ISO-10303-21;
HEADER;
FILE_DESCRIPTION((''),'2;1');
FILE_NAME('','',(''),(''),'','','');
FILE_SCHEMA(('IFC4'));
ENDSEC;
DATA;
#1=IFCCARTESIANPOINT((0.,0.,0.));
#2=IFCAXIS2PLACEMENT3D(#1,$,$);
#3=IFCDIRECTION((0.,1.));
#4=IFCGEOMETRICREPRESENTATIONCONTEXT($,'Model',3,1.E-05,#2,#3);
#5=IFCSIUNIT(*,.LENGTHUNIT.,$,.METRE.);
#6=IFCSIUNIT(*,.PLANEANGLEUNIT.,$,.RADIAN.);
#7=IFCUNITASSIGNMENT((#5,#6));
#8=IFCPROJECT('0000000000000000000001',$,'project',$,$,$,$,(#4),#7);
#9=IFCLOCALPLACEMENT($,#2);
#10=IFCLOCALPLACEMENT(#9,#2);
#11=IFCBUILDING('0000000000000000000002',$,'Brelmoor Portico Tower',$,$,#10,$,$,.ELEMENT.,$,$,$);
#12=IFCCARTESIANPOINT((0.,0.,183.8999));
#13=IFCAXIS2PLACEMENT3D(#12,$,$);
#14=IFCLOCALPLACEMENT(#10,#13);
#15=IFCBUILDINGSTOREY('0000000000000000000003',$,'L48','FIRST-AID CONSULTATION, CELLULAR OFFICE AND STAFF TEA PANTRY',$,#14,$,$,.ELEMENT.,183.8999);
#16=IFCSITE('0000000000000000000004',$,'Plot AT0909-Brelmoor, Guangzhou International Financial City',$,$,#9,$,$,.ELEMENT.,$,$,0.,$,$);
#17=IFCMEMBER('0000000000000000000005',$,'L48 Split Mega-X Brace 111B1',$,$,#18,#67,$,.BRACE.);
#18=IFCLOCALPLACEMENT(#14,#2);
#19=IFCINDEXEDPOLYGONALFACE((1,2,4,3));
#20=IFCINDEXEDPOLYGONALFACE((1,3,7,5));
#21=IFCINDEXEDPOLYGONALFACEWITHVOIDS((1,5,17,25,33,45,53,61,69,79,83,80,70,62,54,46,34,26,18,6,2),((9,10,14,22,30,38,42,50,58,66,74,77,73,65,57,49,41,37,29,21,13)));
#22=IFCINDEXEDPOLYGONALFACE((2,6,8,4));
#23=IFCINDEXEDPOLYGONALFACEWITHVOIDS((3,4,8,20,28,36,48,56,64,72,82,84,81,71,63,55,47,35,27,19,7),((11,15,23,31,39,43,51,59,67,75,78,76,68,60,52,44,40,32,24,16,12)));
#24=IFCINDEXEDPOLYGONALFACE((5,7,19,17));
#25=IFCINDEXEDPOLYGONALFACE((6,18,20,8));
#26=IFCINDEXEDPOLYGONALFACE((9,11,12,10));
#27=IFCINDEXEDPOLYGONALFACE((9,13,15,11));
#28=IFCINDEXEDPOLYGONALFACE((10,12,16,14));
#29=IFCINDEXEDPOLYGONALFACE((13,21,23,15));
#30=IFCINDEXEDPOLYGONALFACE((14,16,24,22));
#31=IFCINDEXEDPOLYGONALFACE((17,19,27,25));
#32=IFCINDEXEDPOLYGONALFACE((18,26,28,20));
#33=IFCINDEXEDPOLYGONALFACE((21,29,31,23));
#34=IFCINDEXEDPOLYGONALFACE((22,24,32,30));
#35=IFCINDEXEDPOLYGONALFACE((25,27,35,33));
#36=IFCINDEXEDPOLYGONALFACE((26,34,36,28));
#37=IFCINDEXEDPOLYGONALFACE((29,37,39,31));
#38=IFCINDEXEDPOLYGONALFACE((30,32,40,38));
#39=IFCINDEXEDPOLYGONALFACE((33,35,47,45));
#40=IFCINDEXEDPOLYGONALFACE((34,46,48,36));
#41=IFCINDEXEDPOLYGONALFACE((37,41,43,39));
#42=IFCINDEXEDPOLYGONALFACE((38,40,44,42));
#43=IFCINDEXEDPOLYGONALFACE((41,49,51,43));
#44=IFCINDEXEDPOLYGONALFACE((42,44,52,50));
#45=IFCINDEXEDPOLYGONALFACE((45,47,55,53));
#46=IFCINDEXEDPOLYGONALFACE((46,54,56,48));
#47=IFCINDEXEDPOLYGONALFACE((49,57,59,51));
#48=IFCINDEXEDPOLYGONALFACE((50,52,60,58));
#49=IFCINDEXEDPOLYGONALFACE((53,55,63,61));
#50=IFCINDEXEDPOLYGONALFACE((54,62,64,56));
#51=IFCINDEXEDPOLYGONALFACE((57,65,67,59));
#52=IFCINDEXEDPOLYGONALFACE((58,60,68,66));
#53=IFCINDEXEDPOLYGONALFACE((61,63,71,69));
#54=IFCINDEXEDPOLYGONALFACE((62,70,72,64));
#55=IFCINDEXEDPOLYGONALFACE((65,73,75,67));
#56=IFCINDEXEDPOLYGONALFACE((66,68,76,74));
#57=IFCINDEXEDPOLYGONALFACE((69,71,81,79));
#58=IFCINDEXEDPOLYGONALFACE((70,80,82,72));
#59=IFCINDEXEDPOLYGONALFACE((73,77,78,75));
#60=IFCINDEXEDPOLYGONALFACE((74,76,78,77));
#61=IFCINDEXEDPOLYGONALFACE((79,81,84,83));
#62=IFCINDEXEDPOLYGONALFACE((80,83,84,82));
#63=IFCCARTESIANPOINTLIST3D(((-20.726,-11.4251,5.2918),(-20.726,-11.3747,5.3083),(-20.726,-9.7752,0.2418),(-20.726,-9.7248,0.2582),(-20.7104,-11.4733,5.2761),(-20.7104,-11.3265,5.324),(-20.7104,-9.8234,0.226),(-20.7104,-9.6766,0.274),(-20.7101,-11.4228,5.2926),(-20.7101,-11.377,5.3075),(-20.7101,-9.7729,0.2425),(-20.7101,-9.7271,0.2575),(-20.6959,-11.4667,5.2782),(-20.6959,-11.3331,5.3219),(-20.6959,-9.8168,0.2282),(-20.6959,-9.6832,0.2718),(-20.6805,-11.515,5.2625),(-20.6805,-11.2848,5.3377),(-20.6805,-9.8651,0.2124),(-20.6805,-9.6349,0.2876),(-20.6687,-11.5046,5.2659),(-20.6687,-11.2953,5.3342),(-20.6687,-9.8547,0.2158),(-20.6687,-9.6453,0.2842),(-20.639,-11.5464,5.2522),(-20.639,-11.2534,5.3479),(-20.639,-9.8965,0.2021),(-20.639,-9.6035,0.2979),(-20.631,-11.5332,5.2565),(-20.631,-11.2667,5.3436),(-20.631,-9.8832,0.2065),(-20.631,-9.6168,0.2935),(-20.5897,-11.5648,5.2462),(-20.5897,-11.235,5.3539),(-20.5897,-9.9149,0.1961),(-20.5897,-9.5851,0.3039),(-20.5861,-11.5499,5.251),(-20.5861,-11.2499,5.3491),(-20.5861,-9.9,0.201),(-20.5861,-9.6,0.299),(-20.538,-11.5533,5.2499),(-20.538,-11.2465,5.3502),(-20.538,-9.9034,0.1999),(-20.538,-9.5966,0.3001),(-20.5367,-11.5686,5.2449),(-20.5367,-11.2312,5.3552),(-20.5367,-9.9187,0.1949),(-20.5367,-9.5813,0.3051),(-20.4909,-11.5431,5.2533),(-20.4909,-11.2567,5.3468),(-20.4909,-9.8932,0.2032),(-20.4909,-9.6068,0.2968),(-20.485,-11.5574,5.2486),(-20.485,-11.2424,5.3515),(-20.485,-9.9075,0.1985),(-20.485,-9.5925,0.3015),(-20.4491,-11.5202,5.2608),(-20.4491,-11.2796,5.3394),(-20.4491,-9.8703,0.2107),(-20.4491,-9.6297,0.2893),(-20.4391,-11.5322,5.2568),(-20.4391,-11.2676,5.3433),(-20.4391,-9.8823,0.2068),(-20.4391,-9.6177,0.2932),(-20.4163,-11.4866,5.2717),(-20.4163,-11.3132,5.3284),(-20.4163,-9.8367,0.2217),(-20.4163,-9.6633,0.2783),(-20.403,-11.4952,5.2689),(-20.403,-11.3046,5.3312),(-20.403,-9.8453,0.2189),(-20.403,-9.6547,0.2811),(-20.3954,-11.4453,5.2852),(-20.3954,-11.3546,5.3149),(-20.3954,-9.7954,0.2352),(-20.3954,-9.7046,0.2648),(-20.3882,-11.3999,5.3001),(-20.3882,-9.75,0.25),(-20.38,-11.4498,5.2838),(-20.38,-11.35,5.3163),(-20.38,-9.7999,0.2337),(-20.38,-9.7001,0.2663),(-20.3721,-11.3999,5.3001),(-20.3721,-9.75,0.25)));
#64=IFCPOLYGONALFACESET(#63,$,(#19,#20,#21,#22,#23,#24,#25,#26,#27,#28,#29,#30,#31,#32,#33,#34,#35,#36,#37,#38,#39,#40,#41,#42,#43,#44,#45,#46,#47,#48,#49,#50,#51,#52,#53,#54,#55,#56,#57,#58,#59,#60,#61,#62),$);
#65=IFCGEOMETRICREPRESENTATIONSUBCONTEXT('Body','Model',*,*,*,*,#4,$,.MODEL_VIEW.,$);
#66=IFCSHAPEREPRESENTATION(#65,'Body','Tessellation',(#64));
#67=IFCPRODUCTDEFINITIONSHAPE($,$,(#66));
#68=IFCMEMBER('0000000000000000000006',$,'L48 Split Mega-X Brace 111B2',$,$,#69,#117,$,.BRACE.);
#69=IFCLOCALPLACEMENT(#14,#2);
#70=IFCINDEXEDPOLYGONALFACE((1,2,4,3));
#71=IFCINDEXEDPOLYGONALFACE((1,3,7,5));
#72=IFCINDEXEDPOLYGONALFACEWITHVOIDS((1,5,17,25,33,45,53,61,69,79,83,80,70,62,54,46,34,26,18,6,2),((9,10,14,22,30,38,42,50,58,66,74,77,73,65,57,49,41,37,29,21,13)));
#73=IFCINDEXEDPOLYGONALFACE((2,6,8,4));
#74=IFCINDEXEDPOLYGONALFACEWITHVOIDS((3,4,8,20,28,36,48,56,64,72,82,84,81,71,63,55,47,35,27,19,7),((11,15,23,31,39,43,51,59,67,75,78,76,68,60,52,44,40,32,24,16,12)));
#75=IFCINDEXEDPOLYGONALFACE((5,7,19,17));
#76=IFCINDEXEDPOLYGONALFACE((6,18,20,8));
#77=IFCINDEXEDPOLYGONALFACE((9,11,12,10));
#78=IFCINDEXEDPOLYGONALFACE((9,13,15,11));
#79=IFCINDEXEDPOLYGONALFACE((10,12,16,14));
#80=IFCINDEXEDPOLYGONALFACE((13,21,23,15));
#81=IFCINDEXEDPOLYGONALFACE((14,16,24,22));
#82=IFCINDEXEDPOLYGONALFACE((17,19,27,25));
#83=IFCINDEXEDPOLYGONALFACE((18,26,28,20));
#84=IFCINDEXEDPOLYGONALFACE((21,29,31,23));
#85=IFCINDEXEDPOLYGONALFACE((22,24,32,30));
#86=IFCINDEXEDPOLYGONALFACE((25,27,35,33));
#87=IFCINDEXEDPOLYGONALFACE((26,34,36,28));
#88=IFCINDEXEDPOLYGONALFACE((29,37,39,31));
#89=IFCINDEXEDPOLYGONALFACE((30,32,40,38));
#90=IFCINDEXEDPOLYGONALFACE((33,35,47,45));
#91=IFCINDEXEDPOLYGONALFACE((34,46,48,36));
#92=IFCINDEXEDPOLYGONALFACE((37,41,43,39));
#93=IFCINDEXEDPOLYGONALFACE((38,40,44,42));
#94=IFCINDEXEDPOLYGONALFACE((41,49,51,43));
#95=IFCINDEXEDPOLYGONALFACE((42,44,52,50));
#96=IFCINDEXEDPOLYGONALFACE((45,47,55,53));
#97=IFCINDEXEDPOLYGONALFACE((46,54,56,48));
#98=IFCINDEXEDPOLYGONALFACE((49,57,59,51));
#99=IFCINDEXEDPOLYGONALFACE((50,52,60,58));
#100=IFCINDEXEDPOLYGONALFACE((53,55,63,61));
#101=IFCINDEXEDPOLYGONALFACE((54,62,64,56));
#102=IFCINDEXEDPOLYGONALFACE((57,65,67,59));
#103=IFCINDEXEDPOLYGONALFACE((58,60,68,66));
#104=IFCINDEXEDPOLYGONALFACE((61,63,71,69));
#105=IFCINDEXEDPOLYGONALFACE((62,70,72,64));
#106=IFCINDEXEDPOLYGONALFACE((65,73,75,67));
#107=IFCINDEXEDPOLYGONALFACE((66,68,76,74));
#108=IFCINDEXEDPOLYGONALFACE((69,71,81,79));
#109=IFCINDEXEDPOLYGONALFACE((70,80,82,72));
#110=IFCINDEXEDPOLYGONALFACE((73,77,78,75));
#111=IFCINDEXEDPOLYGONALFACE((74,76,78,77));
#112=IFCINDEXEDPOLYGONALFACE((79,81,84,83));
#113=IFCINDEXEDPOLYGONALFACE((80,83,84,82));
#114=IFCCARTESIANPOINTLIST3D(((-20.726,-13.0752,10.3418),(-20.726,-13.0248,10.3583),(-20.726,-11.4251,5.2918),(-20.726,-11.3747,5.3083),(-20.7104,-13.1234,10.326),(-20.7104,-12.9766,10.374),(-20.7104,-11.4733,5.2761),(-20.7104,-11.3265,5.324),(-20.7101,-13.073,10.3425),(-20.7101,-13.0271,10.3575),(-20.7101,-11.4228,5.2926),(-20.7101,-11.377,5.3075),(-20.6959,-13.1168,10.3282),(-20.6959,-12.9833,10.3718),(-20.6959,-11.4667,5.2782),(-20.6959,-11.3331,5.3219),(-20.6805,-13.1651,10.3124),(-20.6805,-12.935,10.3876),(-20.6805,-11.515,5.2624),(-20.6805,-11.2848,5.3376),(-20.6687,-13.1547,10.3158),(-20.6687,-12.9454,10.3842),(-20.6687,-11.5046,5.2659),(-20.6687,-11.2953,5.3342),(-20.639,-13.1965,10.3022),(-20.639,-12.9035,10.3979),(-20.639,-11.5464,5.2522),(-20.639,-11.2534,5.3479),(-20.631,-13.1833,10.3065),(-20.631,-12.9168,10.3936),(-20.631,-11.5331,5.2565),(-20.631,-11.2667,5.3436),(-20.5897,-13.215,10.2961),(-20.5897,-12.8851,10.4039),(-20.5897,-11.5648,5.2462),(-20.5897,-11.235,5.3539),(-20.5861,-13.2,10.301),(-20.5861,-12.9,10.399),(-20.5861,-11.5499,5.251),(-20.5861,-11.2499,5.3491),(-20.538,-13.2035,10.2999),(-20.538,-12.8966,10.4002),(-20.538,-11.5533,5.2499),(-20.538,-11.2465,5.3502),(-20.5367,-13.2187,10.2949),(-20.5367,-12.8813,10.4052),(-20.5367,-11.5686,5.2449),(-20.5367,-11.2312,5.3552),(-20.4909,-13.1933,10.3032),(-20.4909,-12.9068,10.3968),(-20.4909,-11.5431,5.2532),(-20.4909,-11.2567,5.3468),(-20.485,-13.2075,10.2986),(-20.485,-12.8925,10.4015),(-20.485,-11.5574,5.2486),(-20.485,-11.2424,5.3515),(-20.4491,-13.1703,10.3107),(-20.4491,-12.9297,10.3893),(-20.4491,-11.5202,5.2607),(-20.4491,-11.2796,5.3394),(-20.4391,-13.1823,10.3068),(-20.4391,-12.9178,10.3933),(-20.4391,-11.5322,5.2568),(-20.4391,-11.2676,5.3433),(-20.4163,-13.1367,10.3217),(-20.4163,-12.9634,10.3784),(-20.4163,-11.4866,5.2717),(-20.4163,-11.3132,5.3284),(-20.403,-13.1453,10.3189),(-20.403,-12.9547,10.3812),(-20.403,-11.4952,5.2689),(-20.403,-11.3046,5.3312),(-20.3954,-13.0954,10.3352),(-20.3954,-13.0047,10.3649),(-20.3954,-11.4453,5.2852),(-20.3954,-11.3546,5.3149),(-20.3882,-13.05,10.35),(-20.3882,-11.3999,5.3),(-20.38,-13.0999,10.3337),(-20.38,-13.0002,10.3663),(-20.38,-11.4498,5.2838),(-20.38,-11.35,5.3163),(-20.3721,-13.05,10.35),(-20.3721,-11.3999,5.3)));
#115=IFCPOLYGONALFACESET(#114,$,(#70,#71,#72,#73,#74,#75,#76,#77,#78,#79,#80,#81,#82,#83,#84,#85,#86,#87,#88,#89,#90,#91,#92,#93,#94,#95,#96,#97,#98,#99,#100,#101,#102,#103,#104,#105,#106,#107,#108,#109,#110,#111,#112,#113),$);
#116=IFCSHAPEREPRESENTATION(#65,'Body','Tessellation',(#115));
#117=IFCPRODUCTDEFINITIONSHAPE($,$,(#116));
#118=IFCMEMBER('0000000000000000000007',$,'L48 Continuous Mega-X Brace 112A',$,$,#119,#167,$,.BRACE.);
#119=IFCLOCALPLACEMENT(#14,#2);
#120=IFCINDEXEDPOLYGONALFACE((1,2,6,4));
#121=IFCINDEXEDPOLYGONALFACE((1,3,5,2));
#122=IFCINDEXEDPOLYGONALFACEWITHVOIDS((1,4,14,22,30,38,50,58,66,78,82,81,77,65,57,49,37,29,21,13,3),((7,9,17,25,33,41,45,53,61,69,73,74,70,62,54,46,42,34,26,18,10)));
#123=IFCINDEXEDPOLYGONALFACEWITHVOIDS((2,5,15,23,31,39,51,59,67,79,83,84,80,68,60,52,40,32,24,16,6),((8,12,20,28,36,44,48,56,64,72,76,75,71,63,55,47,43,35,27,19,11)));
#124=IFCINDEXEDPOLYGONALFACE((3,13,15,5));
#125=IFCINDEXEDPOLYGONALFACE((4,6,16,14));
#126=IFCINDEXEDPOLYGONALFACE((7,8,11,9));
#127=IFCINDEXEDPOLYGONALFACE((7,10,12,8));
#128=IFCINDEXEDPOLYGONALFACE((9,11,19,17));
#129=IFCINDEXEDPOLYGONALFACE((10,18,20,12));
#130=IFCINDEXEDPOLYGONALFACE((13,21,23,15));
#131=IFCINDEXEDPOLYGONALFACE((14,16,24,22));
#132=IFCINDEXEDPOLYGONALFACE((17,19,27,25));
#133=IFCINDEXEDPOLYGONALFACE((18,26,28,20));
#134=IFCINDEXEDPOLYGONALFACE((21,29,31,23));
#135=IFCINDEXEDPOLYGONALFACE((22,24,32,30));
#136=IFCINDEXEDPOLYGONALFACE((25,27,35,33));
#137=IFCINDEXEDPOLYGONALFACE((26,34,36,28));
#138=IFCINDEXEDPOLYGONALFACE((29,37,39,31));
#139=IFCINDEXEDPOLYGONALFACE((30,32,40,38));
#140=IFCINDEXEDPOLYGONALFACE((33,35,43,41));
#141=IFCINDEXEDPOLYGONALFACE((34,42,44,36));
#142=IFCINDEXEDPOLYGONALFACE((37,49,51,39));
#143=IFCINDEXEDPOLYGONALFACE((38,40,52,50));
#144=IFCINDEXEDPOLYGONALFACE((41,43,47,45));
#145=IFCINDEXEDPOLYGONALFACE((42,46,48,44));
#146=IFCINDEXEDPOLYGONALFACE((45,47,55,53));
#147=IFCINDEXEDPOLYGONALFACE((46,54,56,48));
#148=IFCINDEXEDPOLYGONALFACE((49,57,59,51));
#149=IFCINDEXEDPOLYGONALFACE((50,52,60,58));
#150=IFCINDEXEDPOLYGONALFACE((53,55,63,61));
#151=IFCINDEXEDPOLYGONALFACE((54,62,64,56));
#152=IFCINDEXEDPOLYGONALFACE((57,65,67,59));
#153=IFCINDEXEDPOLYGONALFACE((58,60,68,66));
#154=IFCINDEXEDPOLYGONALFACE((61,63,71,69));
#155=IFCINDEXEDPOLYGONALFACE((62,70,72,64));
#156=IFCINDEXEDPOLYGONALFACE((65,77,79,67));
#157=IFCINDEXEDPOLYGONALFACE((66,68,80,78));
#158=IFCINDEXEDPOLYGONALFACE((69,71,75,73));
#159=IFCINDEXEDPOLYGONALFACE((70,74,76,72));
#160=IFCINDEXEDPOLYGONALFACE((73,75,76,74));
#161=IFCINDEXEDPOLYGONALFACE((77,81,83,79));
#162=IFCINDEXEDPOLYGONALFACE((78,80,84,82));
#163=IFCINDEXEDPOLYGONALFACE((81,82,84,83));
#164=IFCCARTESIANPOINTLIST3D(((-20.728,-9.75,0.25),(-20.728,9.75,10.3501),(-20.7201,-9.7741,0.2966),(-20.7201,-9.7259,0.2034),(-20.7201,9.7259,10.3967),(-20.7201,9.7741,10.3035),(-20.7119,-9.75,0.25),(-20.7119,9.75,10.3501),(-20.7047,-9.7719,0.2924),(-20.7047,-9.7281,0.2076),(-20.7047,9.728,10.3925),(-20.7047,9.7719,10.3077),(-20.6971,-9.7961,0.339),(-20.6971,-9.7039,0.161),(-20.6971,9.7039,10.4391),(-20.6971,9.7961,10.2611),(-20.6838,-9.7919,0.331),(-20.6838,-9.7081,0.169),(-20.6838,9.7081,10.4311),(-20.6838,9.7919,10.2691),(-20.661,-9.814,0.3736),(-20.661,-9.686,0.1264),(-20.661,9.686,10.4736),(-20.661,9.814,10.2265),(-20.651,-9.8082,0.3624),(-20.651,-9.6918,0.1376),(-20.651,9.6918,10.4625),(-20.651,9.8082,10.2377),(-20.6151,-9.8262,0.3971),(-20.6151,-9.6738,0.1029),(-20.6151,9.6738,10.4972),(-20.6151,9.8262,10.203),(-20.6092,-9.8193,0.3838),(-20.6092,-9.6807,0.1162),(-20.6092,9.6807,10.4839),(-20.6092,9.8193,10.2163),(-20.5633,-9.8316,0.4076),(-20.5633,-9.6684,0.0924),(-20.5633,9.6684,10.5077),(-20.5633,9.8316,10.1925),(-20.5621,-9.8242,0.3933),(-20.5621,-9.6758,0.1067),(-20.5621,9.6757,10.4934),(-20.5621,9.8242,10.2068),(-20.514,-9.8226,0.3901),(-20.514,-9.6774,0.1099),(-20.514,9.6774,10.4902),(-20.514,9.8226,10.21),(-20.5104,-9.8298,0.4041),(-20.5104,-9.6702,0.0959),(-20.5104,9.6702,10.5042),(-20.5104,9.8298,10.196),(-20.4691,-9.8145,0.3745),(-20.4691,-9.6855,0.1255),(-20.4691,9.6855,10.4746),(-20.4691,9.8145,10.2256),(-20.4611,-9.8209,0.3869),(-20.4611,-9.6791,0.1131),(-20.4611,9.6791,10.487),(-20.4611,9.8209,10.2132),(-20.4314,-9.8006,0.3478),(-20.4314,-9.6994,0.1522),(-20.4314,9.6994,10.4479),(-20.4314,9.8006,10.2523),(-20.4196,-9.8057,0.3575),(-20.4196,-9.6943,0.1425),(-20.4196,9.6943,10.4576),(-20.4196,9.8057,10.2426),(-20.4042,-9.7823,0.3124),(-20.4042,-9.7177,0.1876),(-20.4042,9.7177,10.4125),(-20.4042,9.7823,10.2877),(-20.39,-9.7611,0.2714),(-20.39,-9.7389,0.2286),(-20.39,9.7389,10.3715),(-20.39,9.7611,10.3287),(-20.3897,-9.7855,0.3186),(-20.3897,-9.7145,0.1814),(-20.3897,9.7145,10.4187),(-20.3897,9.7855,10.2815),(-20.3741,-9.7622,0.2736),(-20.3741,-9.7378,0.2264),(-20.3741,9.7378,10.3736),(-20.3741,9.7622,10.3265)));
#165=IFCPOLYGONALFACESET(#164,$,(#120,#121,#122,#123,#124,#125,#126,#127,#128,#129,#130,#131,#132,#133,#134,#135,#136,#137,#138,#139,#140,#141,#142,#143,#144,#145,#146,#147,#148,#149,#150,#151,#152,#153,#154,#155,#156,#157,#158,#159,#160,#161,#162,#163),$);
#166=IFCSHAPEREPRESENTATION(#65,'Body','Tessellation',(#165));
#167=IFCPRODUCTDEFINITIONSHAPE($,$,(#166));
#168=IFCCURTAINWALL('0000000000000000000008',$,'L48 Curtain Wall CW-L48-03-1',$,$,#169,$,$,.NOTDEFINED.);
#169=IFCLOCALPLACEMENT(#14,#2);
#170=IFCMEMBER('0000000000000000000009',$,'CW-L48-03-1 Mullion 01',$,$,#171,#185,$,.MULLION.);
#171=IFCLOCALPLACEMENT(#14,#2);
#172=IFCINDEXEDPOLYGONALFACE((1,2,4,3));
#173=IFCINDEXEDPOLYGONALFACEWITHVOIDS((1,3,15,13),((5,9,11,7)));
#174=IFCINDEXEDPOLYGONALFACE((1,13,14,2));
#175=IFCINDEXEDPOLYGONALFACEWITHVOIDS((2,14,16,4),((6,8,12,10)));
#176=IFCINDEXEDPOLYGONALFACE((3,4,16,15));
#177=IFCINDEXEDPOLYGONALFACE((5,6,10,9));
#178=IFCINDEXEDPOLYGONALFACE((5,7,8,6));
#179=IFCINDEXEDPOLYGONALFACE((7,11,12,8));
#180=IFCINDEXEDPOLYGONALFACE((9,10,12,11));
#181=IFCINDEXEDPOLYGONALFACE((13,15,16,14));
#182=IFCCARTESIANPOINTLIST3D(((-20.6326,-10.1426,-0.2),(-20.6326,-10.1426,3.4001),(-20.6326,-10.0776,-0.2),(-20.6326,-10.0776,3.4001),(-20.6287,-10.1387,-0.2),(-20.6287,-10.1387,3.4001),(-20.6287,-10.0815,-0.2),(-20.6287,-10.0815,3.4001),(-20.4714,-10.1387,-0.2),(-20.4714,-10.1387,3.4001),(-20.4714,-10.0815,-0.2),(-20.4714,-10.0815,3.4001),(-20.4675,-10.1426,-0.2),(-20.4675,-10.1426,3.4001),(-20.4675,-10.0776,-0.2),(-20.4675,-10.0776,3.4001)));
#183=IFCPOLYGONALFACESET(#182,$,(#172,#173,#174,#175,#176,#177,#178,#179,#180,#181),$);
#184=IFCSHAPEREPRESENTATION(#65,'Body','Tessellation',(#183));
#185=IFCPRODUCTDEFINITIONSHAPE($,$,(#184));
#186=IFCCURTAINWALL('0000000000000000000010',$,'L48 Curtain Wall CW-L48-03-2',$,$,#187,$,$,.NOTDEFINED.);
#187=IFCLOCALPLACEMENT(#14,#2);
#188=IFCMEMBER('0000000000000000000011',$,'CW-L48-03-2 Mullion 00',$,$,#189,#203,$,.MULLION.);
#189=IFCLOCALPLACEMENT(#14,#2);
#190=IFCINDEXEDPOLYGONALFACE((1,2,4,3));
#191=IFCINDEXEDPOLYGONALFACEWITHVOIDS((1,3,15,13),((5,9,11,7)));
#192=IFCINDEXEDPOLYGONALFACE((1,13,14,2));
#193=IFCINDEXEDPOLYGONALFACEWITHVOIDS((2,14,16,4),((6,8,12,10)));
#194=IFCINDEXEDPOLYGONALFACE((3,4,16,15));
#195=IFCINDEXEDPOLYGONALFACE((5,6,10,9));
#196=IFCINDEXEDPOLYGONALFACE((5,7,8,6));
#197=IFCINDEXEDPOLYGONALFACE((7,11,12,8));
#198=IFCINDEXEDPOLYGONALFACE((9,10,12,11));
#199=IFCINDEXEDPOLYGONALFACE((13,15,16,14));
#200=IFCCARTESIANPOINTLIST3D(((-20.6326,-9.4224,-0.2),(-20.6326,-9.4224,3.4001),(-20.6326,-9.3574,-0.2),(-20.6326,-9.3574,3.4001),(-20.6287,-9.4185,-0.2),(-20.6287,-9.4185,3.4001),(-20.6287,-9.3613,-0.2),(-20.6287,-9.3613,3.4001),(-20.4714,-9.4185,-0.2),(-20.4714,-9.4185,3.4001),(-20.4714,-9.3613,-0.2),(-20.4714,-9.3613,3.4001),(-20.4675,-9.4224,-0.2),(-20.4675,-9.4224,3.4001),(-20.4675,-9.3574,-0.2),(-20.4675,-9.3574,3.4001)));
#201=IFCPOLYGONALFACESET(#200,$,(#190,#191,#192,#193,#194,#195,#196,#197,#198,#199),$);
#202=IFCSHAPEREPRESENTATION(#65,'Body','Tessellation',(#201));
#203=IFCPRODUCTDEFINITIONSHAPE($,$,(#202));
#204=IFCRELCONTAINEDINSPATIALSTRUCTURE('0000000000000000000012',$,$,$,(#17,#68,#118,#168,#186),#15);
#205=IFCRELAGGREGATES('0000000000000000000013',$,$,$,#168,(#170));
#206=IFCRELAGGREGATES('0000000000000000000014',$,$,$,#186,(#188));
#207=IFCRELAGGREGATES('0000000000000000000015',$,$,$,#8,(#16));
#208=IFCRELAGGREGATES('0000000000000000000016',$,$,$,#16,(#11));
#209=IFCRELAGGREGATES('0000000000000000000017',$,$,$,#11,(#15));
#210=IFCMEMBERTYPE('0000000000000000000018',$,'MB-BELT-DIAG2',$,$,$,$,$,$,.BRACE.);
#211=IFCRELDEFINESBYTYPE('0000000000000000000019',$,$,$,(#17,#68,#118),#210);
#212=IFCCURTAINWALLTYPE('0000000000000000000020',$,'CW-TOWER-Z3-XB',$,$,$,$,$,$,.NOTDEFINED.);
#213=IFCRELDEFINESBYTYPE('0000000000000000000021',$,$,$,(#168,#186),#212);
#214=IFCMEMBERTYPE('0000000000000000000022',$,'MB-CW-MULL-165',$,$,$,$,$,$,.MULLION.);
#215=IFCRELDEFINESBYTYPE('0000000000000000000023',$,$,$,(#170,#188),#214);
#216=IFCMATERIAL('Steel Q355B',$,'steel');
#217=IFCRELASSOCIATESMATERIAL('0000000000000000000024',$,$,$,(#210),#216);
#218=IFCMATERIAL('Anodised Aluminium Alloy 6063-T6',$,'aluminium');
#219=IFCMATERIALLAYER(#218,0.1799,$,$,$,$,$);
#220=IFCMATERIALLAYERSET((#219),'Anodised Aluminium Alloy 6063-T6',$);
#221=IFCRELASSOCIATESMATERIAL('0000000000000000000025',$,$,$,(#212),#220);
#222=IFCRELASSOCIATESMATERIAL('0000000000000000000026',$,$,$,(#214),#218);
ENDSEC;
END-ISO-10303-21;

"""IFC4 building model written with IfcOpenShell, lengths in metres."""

from ifc_helpers import new_model, si_unit, direction, frame, origin, origin_2d, place, context, subcontext, project, spatial, hollow_rectangle, hollow_circle, extrude, material, layer, layer_set, material_profile, profile_set, type_object, element, aggregate, save


model = new_model("IFC4")

# Units and contexts
model_context = context("Model", 3, precision=1e-05, world=origin(), true_north=direction((0.0, 1.0)))
body_context = subcontext(model_context, "Body", "Model", "MODEL_VIEW")
ifc_project = project(units=[si_unit("LENGTHUNIT", "METRE"), si_unit("PLANEANGLEUNIT", "RADIAN")], contexts=[model_context])

# Site, building, storey
site_placement = place(None, origin())
site = spatial("IfcSite", under=ifc_project, at=site_placement, Name="Plot AT0909-Brelmoor, Guangzhou International Financial City", CompositionType="ELEMENT", RefElevation=0.0)
building_placement = place(site_placement, origin())
building = spatial("IfcBuilding", under=site, at=building_placement, Name="Brelmoor Portico Tower", CompositionType="ELEMENT")
storey_placement = place(building_placement, frame((0.0, 0.0, 183.8999)))
storey = spatial("IfcBuildingStorey", under=building, at=storey_placement, Name="L48", Description="FIRST-AID CONSULTATION, CELLULAR OFFICE AND STAFF TEA PANTRY", CompositionType="ELEMENT", Elevation=183.8999)

# Shared definitions
ifc_material_1 = material(Name="Steel Q355B", Category="steel")

# Members
ifc_material_profile_1 = material_profile(ifc_material_1, hollow_circle(Radius=0.178, WallThickness=0.0161, at=origin_2d()), Name="CHS 356x16")
ifc_profile_set_1 = profile_set([ifc_material_profile_1], Name="Steel Q355B")
member_type_1 = type_object("IfcMemberType", Name="MB-BELT-DIAG2", PredefinedType="BRACE", material=ifc_profile_set_1)
for number, where, z_axis, x_axis, name in (
    (1, (-20.55, -9.75, 0.25), (0.0, -0.310556, 0.950555), (1.0, 0.0, 0.0), "L48 Split Mega-X Brace 111B1"),
    (2, (-20.55, -11.3999, 5.3), (0.0, -0.310598, 0.950542), (1.0, 0.0, 0.0), "L48 Split Mega-X Brace 111B2"),
):
    element("IfcMember", number, at=place(storey_placement, frame(where, z_axis=z_axis, x_axis=x_axis)), inside=storey, type_object=member_type_1, Name=name, PredefinedType="BRACE", context=body_context, shape_type="SweptSolid", body=[
        extrude(hollow_circle(Radius=0.178, WallThickness=0.0161, at=origin_2d()), origin(), (0.0, 0.0, 1.0), 5.3127),
    ])
member_1_placement = place(storey_placement, frame((-20.55, -9.75, 0.25), z_axis=(0.0, 0.887959, 0.459922), x_axis=(-1.0, 0.0, 0.0)))
element("IfcMember", 3, at=member_1_placement, inside=storey, type_object=member_type_1, Name="L48 Continuous Mega-X Brace 112A", PredefinedType="BRACE", context=body_context, shape_type="SweptSolid", body=[
    extrude(hollow_circle(Radius=0.178, WallThickness=0.0161, at=origin_2d()), origin(), (0.0, 0.0, 1.0), 21.9604),
])

# Curtain wall, member
ifc_material_2 = material(Name="Anodised Aluminium Alloy 6063-T6", Category="aluminium")
ifc_layer_1 = layer(ifc_material_2, 0.1799)
ifc_layer_set_1 = layer_set([ifc_layer_1], Name="Anodised Aluminium Alloy 6063-T6")
curtain_wall_type = type_object("IfcCurtainWallType", Name="CW-TOWER-Z3-XB", PredefinedType="NOTDEFINED", material=ifc_layer_set_1)
curtain_wall_1_placement = place(storey_placement, origin())
curtain_wall_1 = element("IfcCurtainWall", 4, at=curtain_wall_1_placement, inside=storey, type_object=curtain_wall_type, Name="L48 Curtain Wall CW-L48-03-1", PredefinedType="NOTDEFINED")
ifc_material_profile_2 = material_profile(ifc_material_2, hollow_rectangle(XDim=0.0649, YDim=0.165, WallThickness=0.0039, at=origin_2d()), Name="ALU MULLION 65x165")
ifc_profile_set_2 = profile_set([ifc_material_profile_2], Name="Anodised Aluminium Alloy 6063-T6")
member_type_2 = type_object("IfcMemberType", Name="MB-CW-MULL-165", PredefinedType="MULLION", material=ifc_profile_set_2)
member_2_placement = place(storey_placement, frame((-20.55, -10.1101, -0.2), z_axis=(0.0, 0.0, 1.0), x_axis=(0.0, 1.0, 0.0)))
member_2 = element("IfcMember", 5, at=member_2_placement, type_object=member_type_2, Name="CW-L48-03-1 Mullion 01", PredefinedType="MULLION", context=body_context, shape_type="SweptSolid", body=[
    extrude(hollow_rectangle(XDim=0.0649, YDim=0.165, WallThickness=0.0039, at=origin_2d()), origin(), (0.0, 0.0, 1.0), 3.6001),
])

# Curtain wall, member
curtain_wall_2_placement = place(storey_placement, origin())
curtain_wall_2 = element("IfcCurtainWall", 6, at=curtain_wall_2_placement, inside=storey, type_object=curtain_wall_type, Name="L48 Curtain Wall CW-L48-03-2", PredefinedType="NOTDEFINED")
member_3_placement = place(storey_placement, frame((-20.55, -9.3899, -0.2), z_axis=(0.0, 0.0, 1.0), x_axis=(0.0, 1.0, 0.0)))
member_3 = element("IfcMember", 7, at=member_3_placement, type_object=member_type_2, Name="CW-L48-03-2 Mullion 00", PredefinedType="MULLION", context=body_context, shape_type="SweptSolid", body=[
    extrude(hollow_rectangle(XDim=0.0649, YDim=0.165, WallThickness=0.0039, at=origin_2d()), origin(), (0.0, 0.0, 1.0), 3.6001),
])

aggregate(curtain_wall_1, [member_2])
aggregate(curtain_wall_2, [member_3])

save(model, "model.ifc")
